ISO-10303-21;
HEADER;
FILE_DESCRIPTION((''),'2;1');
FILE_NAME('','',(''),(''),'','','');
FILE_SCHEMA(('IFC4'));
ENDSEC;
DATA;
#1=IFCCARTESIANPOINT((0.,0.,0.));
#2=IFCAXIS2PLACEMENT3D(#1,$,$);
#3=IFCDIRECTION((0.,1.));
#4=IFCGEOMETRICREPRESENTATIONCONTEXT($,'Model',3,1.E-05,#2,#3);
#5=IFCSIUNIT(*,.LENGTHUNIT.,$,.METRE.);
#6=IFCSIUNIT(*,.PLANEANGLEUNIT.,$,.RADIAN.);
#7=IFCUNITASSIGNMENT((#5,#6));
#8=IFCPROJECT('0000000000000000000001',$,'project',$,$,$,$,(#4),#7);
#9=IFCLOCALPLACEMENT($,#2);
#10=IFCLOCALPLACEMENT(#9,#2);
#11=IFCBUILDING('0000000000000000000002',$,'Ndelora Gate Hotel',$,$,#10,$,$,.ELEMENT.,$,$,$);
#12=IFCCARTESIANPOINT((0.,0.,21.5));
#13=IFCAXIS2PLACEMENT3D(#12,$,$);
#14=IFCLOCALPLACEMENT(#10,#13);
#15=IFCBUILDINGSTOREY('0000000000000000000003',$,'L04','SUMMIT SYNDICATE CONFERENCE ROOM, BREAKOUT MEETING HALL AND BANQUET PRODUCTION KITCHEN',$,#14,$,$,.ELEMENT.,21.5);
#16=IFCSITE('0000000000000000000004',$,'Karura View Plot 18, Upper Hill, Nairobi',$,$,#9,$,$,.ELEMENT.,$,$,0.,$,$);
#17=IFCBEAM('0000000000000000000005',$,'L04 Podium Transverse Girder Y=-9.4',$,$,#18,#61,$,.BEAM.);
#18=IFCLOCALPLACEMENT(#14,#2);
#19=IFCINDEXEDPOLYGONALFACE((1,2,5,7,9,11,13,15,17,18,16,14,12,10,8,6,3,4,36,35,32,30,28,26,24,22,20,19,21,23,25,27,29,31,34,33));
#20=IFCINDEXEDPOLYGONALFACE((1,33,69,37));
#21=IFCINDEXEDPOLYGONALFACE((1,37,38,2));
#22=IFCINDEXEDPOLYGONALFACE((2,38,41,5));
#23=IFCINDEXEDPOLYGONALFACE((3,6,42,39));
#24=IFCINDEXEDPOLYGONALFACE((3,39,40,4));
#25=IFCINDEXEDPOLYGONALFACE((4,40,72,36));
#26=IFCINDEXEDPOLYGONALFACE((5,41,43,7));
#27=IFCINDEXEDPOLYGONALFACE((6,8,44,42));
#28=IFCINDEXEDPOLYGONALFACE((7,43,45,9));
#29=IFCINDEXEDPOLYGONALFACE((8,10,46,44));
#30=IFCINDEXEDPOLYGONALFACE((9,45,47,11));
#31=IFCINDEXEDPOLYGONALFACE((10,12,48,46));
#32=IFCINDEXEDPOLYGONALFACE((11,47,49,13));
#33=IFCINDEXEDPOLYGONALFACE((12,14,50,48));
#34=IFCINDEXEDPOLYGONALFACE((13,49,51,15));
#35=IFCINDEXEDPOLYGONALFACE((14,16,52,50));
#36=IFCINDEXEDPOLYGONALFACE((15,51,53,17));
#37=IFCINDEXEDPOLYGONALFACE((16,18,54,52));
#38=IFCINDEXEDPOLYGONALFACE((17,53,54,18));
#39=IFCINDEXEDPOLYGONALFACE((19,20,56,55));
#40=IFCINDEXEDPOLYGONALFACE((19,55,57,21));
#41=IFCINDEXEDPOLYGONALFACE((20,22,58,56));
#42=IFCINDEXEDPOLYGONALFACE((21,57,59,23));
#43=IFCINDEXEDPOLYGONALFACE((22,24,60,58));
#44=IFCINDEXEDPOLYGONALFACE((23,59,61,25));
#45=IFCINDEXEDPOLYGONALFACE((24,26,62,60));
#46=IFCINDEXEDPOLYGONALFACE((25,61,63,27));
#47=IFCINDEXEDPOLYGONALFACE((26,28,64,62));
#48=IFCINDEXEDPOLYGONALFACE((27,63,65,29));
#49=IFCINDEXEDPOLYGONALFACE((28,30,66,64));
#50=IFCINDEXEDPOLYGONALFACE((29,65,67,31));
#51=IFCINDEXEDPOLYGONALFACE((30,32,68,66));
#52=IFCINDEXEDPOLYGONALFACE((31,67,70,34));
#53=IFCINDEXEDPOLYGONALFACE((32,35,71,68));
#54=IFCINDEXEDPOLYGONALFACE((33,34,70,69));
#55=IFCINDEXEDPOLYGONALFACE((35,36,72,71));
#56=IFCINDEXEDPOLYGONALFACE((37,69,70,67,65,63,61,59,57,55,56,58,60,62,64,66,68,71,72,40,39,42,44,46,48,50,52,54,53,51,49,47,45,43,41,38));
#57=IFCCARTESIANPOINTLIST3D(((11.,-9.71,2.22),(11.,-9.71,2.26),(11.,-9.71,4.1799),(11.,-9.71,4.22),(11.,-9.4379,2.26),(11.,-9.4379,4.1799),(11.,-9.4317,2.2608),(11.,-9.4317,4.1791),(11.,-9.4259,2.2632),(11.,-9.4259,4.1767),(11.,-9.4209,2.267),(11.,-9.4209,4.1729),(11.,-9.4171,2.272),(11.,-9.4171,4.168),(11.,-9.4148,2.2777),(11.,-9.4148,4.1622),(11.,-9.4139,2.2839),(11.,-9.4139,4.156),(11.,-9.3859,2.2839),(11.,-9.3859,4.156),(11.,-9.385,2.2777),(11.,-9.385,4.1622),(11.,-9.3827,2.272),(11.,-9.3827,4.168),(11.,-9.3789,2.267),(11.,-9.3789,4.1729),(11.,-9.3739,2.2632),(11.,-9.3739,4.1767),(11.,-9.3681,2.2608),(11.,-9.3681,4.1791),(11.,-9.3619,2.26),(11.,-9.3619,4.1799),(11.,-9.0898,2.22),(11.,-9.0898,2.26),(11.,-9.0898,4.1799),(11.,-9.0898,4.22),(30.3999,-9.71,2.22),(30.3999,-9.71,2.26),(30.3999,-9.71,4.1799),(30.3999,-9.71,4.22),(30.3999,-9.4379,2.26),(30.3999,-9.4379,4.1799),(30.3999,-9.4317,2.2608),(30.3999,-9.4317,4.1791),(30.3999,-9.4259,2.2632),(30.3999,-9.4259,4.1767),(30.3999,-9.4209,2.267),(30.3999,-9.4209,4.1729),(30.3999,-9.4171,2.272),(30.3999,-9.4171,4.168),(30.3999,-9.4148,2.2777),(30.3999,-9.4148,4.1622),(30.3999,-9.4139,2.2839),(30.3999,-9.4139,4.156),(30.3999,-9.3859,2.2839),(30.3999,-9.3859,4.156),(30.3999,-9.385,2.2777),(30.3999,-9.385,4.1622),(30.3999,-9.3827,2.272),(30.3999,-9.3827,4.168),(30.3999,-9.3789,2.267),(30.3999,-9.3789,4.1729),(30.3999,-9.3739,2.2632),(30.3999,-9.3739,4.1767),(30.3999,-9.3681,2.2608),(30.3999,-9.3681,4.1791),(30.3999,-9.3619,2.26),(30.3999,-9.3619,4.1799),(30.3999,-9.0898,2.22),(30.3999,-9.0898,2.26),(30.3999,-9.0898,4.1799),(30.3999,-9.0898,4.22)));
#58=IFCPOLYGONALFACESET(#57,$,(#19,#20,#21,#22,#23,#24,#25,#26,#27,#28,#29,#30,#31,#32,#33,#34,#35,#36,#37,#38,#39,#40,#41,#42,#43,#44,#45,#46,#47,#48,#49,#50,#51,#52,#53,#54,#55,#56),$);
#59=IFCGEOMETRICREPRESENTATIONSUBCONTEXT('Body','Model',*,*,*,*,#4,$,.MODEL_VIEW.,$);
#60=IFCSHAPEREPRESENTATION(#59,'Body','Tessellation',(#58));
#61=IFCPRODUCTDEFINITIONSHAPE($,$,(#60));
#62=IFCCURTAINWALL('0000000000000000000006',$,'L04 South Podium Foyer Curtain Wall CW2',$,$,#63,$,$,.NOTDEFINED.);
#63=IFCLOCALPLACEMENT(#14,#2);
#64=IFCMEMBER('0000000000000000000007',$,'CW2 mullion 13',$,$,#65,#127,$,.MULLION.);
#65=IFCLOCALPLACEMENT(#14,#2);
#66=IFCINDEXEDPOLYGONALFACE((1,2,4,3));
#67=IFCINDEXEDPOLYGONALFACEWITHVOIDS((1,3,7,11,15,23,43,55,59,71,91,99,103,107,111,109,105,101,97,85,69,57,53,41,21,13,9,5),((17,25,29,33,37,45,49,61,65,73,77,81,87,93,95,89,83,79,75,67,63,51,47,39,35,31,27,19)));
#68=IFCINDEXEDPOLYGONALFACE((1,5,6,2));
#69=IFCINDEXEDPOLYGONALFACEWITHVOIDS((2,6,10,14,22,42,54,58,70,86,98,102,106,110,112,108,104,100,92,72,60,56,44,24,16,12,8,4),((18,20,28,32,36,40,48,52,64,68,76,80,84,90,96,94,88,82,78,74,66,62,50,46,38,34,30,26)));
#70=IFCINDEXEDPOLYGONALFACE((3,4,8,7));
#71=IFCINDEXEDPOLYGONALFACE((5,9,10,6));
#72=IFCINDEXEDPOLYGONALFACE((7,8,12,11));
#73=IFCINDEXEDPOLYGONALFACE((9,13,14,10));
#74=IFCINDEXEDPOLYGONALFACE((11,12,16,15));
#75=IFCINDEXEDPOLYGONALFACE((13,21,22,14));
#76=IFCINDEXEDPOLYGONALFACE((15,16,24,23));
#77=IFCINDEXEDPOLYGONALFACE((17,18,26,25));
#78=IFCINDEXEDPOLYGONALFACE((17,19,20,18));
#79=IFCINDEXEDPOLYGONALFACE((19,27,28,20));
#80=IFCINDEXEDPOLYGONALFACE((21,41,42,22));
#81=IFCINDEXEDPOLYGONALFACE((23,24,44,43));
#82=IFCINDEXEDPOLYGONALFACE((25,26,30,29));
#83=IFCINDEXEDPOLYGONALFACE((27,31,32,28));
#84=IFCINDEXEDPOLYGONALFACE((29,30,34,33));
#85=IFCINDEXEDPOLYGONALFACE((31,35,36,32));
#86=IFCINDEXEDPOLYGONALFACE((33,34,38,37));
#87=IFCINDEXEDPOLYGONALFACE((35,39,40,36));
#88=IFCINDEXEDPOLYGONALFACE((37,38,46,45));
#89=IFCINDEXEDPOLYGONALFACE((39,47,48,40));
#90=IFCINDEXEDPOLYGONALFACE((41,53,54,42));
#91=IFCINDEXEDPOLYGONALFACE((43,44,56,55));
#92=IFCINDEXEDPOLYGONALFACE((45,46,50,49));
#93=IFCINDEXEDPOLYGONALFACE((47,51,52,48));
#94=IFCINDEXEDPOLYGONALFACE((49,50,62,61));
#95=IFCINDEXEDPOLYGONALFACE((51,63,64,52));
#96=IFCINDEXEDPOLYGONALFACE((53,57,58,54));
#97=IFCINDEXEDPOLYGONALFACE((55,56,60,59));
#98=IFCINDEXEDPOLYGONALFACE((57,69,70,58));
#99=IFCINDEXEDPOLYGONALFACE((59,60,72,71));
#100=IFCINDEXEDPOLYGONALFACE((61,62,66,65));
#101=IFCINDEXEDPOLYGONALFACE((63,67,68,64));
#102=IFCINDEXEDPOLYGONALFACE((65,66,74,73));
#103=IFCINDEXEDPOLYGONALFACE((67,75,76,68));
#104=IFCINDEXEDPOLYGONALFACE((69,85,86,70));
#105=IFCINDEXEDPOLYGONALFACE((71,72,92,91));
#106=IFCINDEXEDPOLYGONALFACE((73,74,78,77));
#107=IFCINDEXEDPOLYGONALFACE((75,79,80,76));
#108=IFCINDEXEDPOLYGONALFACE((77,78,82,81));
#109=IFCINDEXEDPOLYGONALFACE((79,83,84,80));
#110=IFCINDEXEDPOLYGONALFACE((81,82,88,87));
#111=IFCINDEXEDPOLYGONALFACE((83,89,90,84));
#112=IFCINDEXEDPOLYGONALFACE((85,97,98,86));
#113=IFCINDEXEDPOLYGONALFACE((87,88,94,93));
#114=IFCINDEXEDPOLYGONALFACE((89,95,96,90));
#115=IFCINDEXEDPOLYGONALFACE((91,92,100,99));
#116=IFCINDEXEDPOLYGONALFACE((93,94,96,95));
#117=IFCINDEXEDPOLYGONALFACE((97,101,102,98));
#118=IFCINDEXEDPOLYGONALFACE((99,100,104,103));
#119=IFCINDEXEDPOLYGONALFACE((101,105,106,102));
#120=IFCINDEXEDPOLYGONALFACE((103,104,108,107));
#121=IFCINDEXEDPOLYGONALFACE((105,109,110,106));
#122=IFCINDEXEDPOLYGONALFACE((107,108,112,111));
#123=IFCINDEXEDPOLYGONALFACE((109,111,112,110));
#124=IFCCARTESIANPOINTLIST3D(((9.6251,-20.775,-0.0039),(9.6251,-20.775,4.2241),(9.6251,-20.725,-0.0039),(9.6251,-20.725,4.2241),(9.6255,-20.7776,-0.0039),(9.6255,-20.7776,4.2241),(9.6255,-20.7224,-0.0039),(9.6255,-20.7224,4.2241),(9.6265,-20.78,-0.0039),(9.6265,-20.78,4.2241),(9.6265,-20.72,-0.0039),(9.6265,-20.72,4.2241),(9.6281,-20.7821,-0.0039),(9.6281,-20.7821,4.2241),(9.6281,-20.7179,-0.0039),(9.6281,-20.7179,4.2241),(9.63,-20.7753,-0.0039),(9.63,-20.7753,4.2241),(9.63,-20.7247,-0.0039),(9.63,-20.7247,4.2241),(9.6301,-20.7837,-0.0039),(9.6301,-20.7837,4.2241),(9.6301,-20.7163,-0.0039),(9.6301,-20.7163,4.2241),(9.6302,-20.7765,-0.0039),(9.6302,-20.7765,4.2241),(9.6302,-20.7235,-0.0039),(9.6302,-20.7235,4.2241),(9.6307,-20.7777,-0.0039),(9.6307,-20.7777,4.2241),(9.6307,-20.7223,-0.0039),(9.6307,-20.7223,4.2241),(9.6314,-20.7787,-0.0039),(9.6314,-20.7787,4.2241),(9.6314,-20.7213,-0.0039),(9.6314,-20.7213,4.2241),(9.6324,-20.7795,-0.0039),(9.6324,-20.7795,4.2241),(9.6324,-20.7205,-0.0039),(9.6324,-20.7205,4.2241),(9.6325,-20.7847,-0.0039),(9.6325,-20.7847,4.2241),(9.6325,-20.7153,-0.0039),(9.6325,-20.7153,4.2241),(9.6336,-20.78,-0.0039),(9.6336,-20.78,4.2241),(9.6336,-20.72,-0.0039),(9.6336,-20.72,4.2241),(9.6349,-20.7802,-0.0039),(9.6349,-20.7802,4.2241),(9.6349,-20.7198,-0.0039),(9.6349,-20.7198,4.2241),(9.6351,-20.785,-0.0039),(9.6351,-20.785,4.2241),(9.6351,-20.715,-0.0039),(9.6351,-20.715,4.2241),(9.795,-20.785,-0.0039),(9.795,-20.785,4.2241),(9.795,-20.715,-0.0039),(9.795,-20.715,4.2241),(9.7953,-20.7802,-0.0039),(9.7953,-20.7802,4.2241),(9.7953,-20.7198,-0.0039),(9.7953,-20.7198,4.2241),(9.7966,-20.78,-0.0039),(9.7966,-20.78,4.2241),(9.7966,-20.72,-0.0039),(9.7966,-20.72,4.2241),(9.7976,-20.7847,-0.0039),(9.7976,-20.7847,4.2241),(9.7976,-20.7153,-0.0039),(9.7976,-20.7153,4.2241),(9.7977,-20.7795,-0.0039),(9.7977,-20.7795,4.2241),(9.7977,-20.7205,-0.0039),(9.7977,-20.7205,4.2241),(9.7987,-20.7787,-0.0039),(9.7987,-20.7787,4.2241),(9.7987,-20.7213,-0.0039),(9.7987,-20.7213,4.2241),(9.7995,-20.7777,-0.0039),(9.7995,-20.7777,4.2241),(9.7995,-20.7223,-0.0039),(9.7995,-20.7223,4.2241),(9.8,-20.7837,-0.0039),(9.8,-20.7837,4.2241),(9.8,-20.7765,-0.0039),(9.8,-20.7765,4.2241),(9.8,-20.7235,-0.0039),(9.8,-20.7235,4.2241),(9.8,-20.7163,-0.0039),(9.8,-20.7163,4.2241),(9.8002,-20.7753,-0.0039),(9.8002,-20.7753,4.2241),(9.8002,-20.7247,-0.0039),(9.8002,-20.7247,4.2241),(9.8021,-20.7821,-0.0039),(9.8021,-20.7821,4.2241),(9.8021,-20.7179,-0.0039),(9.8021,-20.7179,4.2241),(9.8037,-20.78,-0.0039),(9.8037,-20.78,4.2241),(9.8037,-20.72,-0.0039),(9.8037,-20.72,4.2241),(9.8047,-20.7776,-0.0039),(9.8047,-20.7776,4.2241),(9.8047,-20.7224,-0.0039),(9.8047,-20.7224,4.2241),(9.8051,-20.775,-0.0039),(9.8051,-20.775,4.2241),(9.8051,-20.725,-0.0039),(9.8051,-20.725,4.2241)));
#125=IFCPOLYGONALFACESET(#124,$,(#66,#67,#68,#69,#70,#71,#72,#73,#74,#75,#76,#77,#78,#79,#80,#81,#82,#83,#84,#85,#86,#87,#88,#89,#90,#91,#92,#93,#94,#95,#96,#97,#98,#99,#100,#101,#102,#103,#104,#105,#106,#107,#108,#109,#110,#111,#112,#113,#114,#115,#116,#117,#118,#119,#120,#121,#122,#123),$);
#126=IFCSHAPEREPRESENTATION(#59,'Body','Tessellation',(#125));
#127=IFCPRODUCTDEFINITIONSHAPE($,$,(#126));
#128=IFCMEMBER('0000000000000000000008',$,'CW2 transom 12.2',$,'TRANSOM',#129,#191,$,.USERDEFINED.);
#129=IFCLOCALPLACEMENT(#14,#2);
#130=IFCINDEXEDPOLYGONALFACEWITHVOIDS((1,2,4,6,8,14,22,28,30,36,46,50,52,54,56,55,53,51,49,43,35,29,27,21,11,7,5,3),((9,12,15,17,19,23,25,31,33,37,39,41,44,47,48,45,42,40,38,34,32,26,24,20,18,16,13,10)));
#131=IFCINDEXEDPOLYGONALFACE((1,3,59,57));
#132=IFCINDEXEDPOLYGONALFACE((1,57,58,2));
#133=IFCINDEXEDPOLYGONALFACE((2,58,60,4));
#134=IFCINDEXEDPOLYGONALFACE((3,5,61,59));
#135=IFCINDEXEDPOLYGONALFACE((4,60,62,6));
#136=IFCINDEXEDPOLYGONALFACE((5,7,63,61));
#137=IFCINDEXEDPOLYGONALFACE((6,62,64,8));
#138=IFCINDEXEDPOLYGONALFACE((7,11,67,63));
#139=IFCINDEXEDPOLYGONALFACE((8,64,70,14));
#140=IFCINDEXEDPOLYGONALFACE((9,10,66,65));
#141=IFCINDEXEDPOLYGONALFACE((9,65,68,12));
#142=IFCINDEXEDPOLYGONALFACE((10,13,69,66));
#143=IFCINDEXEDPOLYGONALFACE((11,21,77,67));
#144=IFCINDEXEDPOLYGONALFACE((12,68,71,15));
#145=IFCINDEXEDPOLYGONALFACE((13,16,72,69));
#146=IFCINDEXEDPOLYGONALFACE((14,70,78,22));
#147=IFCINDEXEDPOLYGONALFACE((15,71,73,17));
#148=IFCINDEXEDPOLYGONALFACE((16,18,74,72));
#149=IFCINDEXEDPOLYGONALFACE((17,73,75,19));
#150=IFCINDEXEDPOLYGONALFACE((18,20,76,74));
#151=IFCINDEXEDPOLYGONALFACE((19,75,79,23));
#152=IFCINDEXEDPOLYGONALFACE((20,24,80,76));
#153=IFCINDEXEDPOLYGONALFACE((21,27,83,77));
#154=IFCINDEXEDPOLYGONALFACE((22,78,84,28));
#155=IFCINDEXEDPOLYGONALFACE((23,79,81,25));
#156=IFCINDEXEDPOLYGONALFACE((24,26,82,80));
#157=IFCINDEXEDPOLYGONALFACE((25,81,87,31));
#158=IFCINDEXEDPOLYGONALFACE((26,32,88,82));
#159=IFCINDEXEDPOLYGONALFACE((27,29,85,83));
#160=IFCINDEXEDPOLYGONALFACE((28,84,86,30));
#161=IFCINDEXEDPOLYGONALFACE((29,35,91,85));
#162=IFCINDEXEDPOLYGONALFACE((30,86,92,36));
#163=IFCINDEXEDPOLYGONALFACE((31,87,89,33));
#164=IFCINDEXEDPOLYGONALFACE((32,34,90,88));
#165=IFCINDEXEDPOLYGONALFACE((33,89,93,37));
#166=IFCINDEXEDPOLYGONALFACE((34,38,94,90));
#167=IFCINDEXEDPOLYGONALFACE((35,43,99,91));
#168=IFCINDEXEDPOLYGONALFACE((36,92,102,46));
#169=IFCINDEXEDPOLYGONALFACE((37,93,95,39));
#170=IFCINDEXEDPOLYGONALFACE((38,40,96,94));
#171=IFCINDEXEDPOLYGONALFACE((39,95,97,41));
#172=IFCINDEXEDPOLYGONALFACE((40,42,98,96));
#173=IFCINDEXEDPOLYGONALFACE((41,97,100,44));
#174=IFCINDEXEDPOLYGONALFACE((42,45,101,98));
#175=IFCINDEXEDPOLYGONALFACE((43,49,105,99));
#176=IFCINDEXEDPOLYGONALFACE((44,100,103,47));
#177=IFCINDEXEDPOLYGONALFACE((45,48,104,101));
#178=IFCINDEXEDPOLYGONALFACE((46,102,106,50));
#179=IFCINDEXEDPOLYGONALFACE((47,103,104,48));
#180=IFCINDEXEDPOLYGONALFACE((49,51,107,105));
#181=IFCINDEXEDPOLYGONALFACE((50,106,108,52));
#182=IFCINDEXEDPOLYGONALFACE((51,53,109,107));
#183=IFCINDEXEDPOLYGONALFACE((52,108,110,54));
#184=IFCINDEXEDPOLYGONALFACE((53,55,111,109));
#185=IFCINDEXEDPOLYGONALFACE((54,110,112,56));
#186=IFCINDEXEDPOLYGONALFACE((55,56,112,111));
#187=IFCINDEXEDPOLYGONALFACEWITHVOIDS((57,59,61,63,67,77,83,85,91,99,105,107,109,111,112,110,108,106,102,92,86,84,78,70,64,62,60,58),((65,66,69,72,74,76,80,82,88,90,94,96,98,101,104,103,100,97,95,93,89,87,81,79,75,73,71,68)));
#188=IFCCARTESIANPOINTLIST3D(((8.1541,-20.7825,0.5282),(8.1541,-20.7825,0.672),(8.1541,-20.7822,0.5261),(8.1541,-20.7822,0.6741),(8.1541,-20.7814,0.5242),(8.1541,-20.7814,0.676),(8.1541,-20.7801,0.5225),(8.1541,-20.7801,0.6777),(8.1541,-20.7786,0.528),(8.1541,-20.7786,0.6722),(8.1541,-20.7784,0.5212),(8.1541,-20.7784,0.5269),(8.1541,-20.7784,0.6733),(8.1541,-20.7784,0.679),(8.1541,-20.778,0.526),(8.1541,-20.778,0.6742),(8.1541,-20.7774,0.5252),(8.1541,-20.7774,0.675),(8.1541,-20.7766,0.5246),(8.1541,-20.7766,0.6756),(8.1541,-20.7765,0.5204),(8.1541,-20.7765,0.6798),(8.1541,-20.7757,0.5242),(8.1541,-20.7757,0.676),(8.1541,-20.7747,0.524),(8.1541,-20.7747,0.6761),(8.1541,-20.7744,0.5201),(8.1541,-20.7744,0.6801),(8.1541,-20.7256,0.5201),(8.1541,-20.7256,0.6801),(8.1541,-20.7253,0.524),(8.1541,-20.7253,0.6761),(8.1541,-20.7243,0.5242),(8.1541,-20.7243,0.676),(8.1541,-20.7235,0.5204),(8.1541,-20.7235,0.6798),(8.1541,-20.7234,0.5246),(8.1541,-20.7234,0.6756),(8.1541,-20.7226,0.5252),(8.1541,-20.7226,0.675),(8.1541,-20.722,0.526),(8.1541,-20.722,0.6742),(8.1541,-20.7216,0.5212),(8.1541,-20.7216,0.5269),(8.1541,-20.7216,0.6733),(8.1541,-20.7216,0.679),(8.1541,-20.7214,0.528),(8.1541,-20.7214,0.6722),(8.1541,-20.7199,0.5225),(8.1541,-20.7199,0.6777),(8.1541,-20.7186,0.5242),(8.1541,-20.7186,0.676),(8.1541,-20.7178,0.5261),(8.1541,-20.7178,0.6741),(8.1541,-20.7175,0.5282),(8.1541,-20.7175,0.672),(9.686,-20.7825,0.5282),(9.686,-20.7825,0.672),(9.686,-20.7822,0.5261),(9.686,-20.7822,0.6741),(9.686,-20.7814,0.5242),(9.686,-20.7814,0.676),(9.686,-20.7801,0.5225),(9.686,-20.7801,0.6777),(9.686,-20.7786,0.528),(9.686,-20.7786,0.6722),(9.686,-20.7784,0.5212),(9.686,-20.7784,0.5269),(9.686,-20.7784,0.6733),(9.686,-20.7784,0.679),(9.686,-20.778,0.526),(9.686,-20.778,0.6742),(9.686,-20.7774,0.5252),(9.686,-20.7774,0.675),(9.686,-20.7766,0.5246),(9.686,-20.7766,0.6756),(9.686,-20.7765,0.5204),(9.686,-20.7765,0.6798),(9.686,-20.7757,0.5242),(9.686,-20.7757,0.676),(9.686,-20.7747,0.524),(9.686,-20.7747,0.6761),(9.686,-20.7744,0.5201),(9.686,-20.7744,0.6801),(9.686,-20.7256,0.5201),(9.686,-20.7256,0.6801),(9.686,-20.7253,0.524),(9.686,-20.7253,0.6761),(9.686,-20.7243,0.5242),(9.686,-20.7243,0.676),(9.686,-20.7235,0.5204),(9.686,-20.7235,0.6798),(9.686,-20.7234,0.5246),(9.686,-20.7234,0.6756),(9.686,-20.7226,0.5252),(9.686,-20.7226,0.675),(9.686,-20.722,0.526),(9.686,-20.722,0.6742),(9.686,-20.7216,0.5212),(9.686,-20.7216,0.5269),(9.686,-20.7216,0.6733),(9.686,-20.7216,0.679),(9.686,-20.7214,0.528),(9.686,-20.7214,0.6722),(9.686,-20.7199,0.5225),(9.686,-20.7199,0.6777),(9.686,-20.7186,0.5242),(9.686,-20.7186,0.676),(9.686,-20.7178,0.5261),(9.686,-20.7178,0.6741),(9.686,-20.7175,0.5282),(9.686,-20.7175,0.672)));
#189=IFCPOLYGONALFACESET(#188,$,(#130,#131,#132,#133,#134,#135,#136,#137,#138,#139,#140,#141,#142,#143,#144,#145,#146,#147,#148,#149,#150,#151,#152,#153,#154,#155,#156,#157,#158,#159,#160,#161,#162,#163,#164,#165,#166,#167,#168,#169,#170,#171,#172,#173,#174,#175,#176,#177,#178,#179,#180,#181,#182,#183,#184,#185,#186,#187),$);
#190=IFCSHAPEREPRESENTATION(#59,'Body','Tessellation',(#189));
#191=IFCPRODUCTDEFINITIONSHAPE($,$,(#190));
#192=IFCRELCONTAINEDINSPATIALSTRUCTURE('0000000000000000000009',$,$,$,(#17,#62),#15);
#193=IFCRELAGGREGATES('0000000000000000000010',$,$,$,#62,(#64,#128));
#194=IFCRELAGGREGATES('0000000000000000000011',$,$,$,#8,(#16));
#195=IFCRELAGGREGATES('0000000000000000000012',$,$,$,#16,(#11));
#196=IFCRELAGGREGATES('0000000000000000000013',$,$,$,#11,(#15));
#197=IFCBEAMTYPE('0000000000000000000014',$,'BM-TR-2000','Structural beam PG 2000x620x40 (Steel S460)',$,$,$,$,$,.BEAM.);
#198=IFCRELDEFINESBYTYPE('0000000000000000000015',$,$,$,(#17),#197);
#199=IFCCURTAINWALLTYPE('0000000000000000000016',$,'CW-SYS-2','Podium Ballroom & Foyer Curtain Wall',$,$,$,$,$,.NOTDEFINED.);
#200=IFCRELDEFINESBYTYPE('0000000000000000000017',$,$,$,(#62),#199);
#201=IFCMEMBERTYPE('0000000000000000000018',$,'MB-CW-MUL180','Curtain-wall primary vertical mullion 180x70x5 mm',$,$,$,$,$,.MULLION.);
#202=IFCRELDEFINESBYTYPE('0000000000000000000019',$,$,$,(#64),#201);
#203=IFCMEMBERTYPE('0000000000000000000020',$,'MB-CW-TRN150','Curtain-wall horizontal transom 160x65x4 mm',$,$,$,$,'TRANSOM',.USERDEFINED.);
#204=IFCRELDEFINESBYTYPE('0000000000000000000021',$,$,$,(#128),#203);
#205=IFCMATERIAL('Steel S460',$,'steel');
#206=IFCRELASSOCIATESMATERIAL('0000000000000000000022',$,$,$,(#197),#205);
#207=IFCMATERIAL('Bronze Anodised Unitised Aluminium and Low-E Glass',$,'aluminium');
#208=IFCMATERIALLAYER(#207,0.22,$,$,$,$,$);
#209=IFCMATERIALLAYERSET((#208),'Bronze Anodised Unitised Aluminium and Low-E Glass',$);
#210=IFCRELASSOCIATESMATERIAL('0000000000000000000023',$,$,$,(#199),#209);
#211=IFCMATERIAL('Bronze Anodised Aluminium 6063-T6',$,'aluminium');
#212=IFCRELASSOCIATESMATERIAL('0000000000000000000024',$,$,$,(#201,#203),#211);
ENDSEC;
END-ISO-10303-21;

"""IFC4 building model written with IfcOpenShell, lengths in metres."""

from ifc_helpers import new_model, si_unit, direction, frame, origin, origin_2d, place, context, subcontext, project, spatial, hollow_rectangle, i_section, extrude, material, layer, layer_set, material_profile, profile_set, type_object, element, aggregate, save


model = new_model("IFC4")

# Units and contexts
model_context = context("Model", 3, precision=1e-05, world=origin(), true_north=direction((0.0, 1.0)))
body_context = subcontext(model_context, "Body", "Model", "MODEL_VIEW")
ifc_project = project(units=[si_unit("LENGTHUNIT", "METRE"), si_unit("PLANEANGLEUNIT", "RADIAN")], contexts=[model_context])

# Site, building, storey
site_placement = place(None, origin())
site = spatial("IfcSite", under=ifc_project, at=site_placement, Name="Karura View Plot 18, Upper Hill, Nairobi", CompositionType="ELEMENT", RefElevation=0.0)
building_placement = place(site_placement, origin())
building = spatial("IfcBuilding", under=site, at=building_placement, Name="Ndelora Gate Hotel", CompositionType="ELEMENT")
storey_placement = place(building_placement, frame((0.0, 0.0, 21.5)))
storey = spatial("IfcBuildingStorey", under=building, at=storey_placement, Name="L04", Description="SUMMIT SYNDICATE CONFERENCE ROOM, BREAKOUT MEETING HALL AND BANQUET PRODUCTION KITCHEN", CompositionType="ELEMENT", Elevation=21.5)

# Beam
ifc_material_1 = material(Name="Steel S460", Category="steel")
ifc_material_profile_1 = material_profile(ifc_material_1, i_section(OverallWidth=0.6201, OverallDepth=2.0, WebThickness=0.0281, FlangeThickness=0.04, FilletRadius=0.0239, at=origin_2d()), Name="PG 2000x620x40")
ifc_profile_set_1 = profile_set([ifc_material_profile_1], Name="Steel S460")
beam_type_1 = type_object("IfcBeamType", Name="BM-TR-2000", Description="Structural beam PG 2000x620x40 (Steel S460)", PredefinedType="BEAM", material=ifc_profile_set_1)
beam_1_placement = place(storey_placement, frame((11.0, -9.3999, 3.22), z_axis=(1.0, 0.0, 0.0), x_axis=(0.0, 1.0, 0.0)))
element("IfcBeam", 1, at=beam_1_placement, inside=storey, type_object=beam_type_1, Name="L04 Podium Transverse Girder Y=-9.4", PredefinedType="BEAM", context=body_context, shape_type="SweptSolid", body=[
    extrude(i_section(OverallWidth=0.6201, OverallDepth=2.0, WebThickness=0.0281, FlangeThickness=0.04, FilletRadius=0.0239, at=origin_2d()), origin(), (0.0, 0.0, 1.0), 19.3999),
])

# Curtain wall, members
ifc_material_2 = material(Name="Bronze Anodised Unitised Aluminium and Low-E Glass", Category="aluminium")
ifc_layer_1 = layer(ifc_material_2, 0.22)
ifc_layer_set_1 = layer_set([ifc_layer_1], Name="Bronze Anodised Unitised Aluminium and Low-E Glass")
curtain_wall_type = type_object("IfcCurtainWallType", Name="CW-SYS-2", Description="Podium Ballroom & Foyer Curtain Wall", PredefinedType="NOTDEFINED", material=ifc_layer_set_1)
curtain_wall_placement = place(storey_placement, origin())
curtain_wall = element("IfcCurtainWall", 2, at=curtain_wall_placement, inside=storey, type_object=curtain_wall_type, Name="L04 South Podium Foyer Curtain Wall CW2", PredefinedType="NOTDEFINED")
ifc_material_3 = material(Name="Bronze Anodised Aluminium 6063-T6", Category="aluminium")
ifc_material_profile_2 = material_profile(ifc_material_3, hollow_rectangle(XDim=0.0701, YDim=0.1799, WallThickness=0.0049, InnerFilletRadius=0.0049, OuterFilletRadius=0.01, at=origin_2d()), Name="ALU 180x70x5")
ifc_profile_set_2 = profile_set([ifc_material_profile_2], Name="Bronze Anodised Aluminium 6063-T6")
member_type_1 = type_object("IfcMemberType", Name="MB-CW-MUL180", Description="Curtain-wall primary vertical mullion 180x70x5 mm", PredefinedType="MULLION", material=ifc_profile_set_2)
member_1_placement = place(storey_placement, frame((9.7151, -20.75, -0.0039), z_axis=(0.0, 0.0, 1.0), x_axis=(0.0, 1.0, 0.0)))
member_1 = element("IfcMember", 3, at=member_1_placement, type_object=member_type_1, Name="CW2 mullion 13", PredefinedType="MULLION", context=body_context, shape_type="SweptSolid", body=[
    extrude(hollow_rectangle(XDim=0.0701, YDim=0.1799, WallThickness=0.0049, InnerFilletRadius=0.0049, OuterFilletRadius=0.01, at=origin_2d()), origin(), (0.0, 0.0, 1.0), 4.228),
])
ifc_material_profile_3 = material_profile(ifc_material_3, hollow_rectangle(XDim=0.0649, YDim=0.1599, WallThickness=0.0039, InnerFilletRadius=0.0039, OuterFilletRadius=0.0081, at=origin_2d()), Name="ALU 160x65x4")
ifc_profile_set_3 = profile_set([ifc_material_profile_3], Name="Bronze Anodised Aluminium 6063-T6")
member_type_2 = type_object("IfcMemberType", Name="MB-CW-TRN150", Description="Curtain-wall horizontal transom 160x65x4 mm", ElementType="TRANSOM", PredefinedType="USERDEFINED", material=ifc_profile_set_3)
member_2_placement = place(storey_placement, frame((8.1541, -20.75, 0.6001), z_axis=(1.0, 0.0, 0.0), x_axis=(0.0, 1.0, 0.0)))
member_2 = element("IfcMember", 4, at=member_2_placement, type_object=member_type_2, Name="CW2 transom 12.2", ObjectType="TRANSOM", PredefinedType="USERDEFINED", context=body_context, shape_type="SweptSolid", body=[
    extrude(hollow_rectangle(XDim=0.0649, YDim=0.1599, WallThickness=0.0039, InnerFilletRadius=0.0039, OuterFilletRadius=0.0081, at=origin_2d()), origin(), (0.0, 0.0, 1.0), 1.532),
])
aggregate(curtain_wall, [member_1, member_2])

save(model, "model.ifc")
